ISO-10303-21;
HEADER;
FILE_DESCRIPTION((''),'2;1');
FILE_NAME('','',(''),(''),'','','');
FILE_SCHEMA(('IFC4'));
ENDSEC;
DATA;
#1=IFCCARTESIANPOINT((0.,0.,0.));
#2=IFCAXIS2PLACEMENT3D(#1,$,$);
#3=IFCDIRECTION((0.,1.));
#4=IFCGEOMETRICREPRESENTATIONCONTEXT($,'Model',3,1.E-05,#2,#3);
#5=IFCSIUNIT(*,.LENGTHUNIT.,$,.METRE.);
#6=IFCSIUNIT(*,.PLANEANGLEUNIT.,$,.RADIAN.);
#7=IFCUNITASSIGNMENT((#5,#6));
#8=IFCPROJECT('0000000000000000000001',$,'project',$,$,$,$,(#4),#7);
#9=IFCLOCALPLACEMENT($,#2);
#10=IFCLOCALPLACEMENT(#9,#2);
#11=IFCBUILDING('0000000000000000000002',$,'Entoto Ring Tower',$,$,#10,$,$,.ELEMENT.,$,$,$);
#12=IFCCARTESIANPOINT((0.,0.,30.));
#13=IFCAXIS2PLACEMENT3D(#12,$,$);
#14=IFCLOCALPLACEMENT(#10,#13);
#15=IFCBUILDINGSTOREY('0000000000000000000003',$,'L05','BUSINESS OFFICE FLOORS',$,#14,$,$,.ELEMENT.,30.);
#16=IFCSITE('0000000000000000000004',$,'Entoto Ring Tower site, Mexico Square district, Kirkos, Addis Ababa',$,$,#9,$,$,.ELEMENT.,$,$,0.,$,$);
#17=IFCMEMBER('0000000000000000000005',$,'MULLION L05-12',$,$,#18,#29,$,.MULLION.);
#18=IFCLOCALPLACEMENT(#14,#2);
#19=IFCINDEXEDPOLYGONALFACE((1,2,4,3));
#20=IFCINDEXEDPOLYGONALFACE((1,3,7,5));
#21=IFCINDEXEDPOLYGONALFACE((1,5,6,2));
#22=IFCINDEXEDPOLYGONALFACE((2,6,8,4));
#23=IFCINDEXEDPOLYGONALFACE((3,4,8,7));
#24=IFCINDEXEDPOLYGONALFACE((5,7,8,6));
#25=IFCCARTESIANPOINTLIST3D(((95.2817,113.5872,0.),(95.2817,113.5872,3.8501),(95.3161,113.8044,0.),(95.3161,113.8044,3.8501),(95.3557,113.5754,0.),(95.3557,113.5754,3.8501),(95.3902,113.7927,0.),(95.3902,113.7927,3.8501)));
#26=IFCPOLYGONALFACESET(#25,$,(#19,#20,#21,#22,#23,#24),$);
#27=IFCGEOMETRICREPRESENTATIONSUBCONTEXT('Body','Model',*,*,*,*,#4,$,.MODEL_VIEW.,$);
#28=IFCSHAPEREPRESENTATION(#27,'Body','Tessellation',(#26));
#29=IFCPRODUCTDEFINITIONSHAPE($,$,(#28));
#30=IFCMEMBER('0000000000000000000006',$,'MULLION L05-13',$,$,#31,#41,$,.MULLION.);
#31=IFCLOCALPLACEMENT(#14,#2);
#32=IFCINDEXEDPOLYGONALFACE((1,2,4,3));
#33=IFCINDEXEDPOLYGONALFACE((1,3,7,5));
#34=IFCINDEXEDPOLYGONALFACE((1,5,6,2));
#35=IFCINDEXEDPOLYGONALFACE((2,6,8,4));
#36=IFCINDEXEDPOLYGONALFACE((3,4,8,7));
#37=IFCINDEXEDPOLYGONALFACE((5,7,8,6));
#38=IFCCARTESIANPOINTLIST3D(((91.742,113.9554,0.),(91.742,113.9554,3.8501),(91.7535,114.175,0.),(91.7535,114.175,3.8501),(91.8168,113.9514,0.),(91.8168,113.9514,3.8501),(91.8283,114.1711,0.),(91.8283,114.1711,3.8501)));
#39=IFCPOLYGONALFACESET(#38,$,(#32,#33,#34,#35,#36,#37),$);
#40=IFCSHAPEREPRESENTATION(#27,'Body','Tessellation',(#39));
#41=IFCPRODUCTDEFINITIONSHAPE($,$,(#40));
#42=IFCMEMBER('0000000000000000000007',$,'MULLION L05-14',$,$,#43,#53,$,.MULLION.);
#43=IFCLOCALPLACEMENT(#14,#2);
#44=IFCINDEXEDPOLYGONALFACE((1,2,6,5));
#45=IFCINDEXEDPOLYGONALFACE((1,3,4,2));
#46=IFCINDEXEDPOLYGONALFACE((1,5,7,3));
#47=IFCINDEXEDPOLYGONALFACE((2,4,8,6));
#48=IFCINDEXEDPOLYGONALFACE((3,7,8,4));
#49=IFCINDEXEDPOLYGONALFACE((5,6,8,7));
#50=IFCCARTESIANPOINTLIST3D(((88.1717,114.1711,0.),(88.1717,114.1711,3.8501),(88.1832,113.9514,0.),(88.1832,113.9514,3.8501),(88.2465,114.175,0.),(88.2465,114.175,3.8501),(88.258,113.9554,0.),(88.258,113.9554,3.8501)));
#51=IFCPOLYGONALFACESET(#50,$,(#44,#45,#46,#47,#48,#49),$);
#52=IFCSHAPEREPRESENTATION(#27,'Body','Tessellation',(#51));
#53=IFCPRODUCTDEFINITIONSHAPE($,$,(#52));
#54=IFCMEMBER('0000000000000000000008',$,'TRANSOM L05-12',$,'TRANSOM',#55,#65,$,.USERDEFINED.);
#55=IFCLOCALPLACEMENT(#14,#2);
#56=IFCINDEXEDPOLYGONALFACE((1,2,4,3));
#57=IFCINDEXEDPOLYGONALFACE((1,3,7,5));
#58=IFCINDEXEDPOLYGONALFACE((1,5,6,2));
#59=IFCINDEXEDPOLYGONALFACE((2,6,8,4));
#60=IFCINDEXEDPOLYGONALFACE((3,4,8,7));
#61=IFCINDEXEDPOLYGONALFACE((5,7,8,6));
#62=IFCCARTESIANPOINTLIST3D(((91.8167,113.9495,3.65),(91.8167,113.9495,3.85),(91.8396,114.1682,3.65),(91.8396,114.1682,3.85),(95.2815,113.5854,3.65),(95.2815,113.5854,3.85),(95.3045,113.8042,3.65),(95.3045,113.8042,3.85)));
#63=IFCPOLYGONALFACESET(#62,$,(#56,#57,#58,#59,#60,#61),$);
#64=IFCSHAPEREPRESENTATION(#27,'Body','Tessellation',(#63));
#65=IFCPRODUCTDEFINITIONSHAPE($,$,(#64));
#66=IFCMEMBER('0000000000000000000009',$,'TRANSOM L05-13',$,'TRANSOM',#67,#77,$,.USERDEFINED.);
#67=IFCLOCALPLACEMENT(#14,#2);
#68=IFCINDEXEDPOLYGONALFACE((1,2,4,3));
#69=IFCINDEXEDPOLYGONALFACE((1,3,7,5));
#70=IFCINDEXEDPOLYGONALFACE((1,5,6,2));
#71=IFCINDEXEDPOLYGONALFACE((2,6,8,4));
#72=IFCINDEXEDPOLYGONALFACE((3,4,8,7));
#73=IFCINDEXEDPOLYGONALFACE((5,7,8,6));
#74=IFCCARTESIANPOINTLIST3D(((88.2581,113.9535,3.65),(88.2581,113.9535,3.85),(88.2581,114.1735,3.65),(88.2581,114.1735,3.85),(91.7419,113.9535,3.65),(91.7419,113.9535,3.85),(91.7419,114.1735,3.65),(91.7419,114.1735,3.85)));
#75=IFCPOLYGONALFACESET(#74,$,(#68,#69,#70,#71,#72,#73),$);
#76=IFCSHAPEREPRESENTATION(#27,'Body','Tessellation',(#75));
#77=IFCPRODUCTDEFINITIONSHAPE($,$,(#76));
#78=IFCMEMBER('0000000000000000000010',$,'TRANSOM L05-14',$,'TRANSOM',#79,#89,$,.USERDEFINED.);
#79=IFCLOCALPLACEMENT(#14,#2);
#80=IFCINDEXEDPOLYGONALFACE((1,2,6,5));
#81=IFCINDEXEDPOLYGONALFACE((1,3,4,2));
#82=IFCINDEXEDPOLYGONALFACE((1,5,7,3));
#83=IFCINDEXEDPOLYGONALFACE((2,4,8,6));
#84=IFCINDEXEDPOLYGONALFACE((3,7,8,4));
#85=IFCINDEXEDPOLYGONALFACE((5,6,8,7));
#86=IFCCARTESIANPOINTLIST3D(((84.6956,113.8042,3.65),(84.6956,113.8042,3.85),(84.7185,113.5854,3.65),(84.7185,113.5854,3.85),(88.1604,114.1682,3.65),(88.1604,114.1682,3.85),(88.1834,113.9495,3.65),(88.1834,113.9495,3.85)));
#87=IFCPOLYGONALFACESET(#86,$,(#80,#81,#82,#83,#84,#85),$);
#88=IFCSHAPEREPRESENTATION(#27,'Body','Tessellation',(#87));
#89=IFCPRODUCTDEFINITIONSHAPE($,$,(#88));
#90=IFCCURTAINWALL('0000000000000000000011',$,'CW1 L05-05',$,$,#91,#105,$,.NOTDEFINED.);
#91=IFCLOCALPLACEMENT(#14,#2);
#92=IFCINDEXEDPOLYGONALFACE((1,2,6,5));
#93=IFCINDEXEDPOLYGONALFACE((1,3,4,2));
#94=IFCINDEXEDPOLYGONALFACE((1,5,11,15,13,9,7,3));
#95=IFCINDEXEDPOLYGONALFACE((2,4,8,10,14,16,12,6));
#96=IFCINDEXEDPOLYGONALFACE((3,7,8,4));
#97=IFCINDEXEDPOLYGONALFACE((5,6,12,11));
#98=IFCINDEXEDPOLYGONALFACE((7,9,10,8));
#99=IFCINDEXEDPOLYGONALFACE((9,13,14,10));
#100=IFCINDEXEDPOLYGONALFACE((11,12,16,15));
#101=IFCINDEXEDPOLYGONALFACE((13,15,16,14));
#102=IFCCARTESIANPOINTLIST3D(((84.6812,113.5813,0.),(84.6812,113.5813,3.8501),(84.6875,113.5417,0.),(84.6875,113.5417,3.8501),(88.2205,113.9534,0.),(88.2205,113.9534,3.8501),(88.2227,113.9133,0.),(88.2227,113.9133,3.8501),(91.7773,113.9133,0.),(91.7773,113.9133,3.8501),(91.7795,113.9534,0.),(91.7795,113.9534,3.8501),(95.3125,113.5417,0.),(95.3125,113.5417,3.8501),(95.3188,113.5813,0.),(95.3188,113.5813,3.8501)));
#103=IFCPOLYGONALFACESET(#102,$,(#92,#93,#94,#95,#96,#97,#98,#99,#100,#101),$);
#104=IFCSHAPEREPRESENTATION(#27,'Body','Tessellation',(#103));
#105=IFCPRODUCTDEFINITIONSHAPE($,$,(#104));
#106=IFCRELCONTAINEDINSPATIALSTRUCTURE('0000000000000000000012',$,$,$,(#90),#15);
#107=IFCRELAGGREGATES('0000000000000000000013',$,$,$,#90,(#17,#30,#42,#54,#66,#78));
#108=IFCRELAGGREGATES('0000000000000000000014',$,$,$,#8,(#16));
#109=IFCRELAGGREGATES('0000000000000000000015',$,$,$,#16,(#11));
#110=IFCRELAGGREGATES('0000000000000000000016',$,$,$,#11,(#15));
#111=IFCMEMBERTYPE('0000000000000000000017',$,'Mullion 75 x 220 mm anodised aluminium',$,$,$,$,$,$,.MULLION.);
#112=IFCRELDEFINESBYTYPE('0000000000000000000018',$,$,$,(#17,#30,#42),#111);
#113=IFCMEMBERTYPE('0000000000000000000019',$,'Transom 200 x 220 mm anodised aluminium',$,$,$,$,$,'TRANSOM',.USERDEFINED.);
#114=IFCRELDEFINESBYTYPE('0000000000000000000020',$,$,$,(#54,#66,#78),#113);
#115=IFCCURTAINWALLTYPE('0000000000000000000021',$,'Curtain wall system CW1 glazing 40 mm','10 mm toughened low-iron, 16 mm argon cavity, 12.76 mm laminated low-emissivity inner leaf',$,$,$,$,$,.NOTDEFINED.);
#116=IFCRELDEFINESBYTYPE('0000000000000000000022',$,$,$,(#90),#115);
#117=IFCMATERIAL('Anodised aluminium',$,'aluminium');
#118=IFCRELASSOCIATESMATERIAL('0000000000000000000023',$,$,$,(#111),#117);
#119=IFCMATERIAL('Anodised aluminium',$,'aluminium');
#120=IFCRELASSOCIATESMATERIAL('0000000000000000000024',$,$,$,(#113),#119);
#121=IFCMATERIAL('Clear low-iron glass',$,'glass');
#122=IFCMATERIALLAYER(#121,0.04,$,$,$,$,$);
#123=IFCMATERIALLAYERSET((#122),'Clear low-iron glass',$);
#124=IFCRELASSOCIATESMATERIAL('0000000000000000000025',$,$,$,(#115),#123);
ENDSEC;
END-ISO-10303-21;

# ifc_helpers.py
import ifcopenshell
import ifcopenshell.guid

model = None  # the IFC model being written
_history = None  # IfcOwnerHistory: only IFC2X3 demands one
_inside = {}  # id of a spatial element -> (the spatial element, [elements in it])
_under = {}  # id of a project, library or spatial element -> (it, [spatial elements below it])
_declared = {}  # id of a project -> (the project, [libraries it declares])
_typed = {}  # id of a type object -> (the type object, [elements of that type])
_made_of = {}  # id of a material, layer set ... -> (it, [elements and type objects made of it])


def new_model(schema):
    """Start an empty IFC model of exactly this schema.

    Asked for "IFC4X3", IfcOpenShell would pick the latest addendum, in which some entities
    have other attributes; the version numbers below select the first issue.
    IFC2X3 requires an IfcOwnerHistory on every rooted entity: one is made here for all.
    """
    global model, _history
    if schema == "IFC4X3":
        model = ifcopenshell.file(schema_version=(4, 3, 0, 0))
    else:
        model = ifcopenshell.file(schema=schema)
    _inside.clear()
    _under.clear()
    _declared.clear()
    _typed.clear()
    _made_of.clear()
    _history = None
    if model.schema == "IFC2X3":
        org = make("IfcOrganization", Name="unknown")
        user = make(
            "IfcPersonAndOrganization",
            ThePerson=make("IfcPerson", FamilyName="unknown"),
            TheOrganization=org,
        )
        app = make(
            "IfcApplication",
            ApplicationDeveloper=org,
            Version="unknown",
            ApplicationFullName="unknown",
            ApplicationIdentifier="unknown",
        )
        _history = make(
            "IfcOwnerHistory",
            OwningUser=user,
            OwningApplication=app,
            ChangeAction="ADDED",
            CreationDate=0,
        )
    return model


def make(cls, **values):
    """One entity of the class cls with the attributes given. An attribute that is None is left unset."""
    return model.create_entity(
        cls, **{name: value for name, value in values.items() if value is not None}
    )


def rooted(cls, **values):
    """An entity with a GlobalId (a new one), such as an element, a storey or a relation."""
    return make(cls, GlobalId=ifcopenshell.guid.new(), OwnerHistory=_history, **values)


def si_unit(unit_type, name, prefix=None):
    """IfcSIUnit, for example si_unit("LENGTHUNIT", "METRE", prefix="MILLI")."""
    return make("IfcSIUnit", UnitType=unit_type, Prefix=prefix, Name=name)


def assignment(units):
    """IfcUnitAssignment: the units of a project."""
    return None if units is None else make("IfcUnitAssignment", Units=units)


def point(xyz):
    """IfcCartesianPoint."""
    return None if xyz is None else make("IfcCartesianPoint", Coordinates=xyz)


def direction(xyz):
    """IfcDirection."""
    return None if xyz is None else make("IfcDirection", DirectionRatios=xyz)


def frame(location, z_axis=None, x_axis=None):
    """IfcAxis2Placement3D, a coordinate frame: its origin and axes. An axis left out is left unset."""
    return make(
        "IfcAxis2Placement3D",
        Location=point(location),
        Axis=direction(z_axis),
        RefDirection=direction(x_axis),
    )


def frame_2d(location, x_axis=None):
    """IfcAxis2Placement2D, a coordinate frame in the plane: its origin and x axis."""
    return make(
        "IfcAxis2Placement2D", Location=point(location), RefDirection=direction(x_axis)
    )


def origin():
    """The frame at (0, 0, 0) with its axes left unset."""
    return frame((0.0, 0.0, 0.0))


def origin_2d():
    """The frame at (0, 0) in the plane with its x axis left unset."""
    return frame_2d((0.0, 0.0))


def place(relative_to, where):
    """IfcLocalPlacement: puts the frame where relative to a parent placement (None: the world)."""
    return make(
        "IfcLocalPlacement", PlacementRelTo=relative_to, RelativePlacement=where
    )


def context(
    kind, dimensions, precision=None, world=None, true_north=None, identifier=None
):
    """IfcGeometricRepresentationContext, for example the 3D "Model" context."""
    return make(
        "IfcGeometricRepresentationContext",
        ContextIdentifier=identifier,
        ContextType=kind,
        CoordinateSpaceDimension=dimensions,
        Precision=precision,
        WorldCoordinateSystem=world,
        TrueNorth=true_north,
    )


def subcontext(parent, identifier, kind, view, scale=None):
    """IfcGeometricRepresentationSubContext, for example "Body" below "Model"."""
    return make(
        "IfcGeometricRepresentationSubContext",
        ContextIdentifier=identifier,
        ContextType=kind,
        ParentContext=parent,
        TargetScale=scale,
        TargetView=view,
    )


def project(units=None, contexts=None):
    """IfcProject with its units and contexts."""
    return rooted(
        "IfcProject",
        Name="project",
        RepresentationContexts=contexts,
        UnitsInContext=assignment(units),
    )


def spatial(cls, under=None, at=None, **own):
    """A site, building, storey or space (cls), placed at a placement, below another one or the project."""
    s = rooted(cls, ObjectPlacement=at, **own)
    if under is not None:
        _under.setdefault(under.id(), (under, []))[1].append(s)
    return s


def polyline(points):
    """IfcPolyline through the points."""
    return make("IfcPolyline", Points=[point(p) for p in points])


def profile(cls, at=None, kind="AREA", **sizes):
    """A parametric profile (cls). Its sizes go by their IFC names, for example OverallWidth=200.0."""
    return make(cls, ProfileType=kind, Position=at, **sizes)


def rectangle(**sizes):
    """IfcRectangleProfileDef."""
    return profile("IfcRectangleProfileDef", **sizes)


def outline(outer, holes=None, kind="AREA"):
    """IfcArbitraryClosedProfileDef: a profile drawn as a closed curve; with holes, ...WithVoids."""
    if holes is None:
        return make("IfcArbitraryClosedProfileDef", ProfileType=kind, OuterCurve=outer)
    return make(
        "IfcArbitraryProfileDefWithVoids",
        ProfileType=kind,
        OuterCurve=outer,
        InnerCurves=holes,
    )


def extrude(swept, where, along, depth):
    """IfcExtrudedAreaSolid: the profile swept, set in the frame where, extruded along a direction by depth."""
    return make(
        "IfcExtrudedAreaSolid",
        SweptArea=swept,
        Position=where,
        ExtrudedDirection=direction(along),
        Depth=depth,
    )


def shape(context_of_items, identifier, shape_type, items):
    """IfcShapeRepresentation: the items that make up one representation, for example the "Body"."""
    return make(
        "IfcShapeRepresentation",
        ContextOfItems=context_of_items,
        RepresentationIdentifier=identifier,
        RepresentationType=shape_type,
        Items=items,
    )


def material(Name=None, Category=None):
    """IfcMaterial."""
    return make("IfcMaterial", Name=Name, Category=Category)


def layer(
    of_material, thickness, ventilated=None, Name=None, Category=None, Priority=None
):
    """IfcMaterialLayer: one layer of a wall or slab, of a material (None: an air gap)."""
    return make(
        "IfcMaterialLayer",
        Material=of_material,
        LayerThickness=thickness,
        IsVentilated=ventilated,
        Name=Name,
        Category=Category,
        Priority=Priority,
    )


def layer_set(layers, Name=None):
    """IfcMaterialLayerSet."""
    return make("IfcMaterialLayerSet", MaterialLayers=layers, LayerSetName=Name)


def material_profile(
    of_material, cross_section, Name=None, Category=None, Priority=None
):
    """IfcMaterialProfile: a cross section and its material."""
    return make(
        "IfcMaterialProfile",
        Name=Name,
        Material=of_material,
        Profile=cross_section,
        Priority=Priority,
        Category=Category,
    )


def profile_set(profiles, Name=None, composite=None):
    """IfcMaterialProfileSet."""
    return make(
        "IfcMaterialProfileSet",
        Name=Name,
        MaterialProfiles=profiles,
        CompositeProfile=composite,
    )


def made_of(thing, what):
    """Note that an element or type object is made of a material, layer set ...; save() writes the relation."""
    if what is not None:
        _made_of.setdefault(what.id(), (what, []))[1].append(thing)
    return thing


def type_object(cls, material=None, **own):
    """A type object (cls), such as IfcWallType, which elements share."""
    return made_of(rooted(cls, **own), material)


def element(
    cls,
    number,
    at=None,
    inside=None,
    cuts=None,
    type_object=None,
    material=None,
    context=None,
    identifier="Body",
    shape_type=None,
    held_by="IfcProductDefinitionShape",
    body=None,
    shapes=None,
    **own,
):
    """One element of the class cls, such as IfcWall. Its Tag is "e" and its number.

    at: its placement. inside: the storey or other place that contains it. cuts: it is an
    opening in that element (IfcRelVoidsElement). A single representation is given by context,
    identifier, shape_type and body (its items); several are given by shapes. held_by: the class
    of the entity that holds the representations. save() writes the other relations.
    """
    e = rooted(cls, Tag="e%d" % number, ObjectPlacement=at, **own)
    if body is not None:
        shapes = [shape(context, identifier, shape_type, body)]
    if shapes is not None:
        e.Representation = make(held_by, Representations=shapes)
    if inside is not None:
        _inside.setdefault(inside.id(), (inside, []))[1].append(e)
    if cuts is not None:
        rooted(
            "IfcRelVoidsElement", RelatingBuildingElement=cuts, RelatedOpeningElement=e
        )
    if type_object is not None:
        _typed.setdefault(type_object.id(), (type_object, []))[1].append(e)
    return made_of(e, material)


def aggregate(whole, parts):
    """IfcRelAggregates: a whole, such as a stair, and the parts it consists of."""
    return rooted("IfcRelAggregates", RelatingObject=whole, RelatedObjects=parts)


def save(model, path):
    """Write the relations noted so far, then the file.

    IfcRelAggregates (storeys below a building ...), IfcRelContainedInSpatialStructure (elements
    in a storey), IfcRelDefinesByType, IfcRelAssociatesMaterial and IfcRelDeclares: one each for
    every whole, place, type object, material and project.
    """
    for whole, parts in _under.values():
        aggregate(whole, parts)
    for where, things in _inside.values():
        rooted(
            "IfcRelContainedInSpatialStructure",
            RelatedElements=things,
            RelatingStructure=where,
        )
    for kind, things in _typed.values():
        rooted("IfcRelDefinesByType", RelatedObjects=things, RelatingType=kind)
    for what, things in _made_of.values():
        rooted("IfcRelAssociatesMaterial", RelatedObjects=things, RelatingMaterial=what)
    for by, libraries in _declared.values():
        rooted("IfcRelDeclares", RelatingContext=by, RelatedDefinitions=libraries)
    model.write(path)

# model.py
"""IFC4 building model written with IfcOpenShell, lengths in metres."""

from ifc_helpers import new_model, si_unit, direction, frame, origin, origin_2d, place, context, subcontext, project, spatial, polyline, rectangle, outline, extrude, material, layer, layer_set, material_profile, profile_set, type_object, element, aggregate, save


model = new_model("IFC4")

# Units and contexts
model_context = context("Model", 3, precision=1e-05, world=origin(), true_north=direction((0.0, 1.0)))
body_context = subcontext(model_context, "Body", "Model", "MODEL_VIEW")
ifc_project = project(units=[si_unit("LENGTHUNIT", "METRE"), si_unit("PLANEANGLEUNIT", "RADIAN")], contexts=[model_context])

# Members
ifc_material_1 = material(Name="Anodised aluminium", Category="aluminium")
ifc_material_profile_1 = material_profile(ifc_material_1, rectangle(XDim=0.075, YDim=0.22, at=origin_2d()), Name="Mullion 75 x 220 mm anodised aluminium")
ifc_profile_set_1 = profile_set([ifc_material_profile_1], Name="Anodised aluminium")
member_type_1 = type_object("IfcMemberType", Name="Mullion 75 x 220 mm anodised aluminium", PredefinedType="MULLION", material=ifc_profile_set_1)
site_placement = place(None, origin())
building_placement = place(site_placement, origin())
storey_placement = place(building_placement, frame((0.0, 0.0, 30.0)))
member_1_placement = place(storey_placement, frame((95.3359, 113.6899, 0.0), z_axis=(0.0, 0.0, 1.0), x_axis=(-0.987688, 0.156434, 0.0)))
member_1 = element("IfcMember", 1, at=member_1_placement, type_object=member_type_1, Name="MULLION L05-12", PredefinedType="MULLION", context=body_context, shape_type="SweptSolid", body=[
    extrude(rectangle(XDim=0.075, YDim=0.22, at=origin_2d()), origin(), (0.0, 0.0, 1.0), 3.8501),
])
member_2_placement = place(storey_placement, frame((91.7852, 114.0632, 0.0), z_axis=(0.0, 0.0, 1.0), x_axis=(-0.99863, 0.052336, 0.0)))
member_2 = element("IfcMember", 2, at=member_2_placement, type_object=member_type_1, Name="MULLION L05-13", PredefinedType="MULLION", context=body_context, shape_type="SweptSolid", body=[
    extrude(rectangle(XDim=0.075, YDim=0.22, at=origin_2d()), origin(), (0.0, 0.0, 1.0), 3.8501),
])
member_3_placement = place(storey_placement, frame((88.2148, 114.0632, 0.0), z_axis=(0.0, 0.0, 1.0), x_axis=(-0.99863, -0.052336, 0.0)))
member_3 = element("IfcMember", 3, at=member_3_placement, type_object=member_type_1, Name="MULLION L05-14", PredefinedType="MULLION", context=body_context, shape_type="SweptSolid", body=[
    extrude(rectangle(XDim=0.075, YDim=0.22, at=origin_2d()), origin(), (0.0, 0.0, 1.0), 3.8501),
])
ifc_material_2 = material(Name="Anodised aluminium", Category="aluminium")
ifc_material_profile_2 = material_profile(ifc_material_2, rectangle(XDim=0.22, YDim=0.2, at=origin_2d()), Name="Transom 200 x 220 mm anodised aluminium")
ifc_profile_set_2 = profile_set([ifc_material_profile_2], Name="Anodised aluminium")
member_type_2 = type_object("IfcMemberType", Name="Transom 200 x 220 mm anodised aluminium", ElementType="TRANSOM", PredefinedType="USERDEFINED", material=ifc_profile_set_2)
member_4_placement = place(storey_placement, frame((95.293, 113.6948, 3.75), z_axis=(-0.994527, 0.104484, 0.0), x_axis=(-0.104484, -0.994527, 0.0)))
member_4 = element("IfcMember", 4, at=member_4_placement, type_object=member_type_2, Name="TRANSOM L05-12", ObjectType="TRANSOM", PredefinedType="USERDEFINED", context=body_context, shape_type="SweptSolid", body=[
    extrude(rectangle(XDim=0.22, YDim=0.2, at=origin_2d()), origin(), (0.0, 0.0, 1.0), 3.4839),
])
member_5_placement = place(storey_placement, frame((91.7419, 114.0635, 3.75), z_axis=(-1.0, 0.0, 0.0), x_axis=(0.0, -1.0, 0.0)))
member_5 = element("IfcMember", 5, at=member_5_placement, type_object=member_type_2, Name="TRANSOM L05-13", ObjectType="TRANSOM", PredefinedType="USERDEFINED", context=body_context, shape_type="SweptSolid", body=[
    extrude(rectangle(XDim=0.22, YDim=0.2, at=origin_2d()), origin(), (0.0, 0.0, 1.0), 3.4839),
])
member_6_placement = place(storey_placement, frame((88.1719, 114.0588, 3.75), z_axis=(-0.994527, -0.104484, 0.0), x_axis=(0.104484, -0.994527, 0.0)))
member_6 = element("IfcMember", 6, at=member_6_placement, type_object=member_type_2, Name="TRANSOM L05-14", ObjectType="TRANSOM", PredefinedType="USERDEFINED", context=body_context, shape_type="SweptSolid", body=[
    extrude(rectangle(XDim=0.22, YDim=0.2, at=origin_2d()), origin(), (0.0, 0.0, 1.0), 3.4839),
])

# Site, building, storey
site = spatial("IfcSite", under=ifc_project, at=site_placement, Name="Entoto Ring Tower site, Mexico Square district, Kirkos, Addis Ababa", CompositionType="ELEMENT", RefElevation=0.0)
building = spatial("IfcBuilding", under=site, at=building_placement, Name="Entoto Ring Tower", CompositionType="ELEMENT")
storey = spatial("IfcBuildingStorey", under=building, at=storey_placement, Name="L05", Description="BUSINESS OFFICE FLOORS", CompositionType="ELEMENT", Elevation=30.0)

# Curtain wall
ifc_material_3 = material(Name="Clear low-iron glass", Category="glass")
ifc_layer = layer(ifc_material_3, 0.04)
ifc_layer_set = layer_set([ifc_layer], Name="Clear low-iron glass")
curtain_wall_type = type_object("IfcCurtainWallType", Name="Curtain wall system CW1 glazing 40 mm", Description="10 mm toughened low-iron, 16 mm argon cavity, 12.76 mm laminated low-emissivity inner leaf", PredefinedType="NOTDEFINED", material=ifc_layer_set)
curtain_wall_1_placement = place(storey_placement, origin())
curtain_wall_1 = element("IfcCurtainWall", 7, at=curtain_wall_1_placement, inside=storey, type_object=curtain_wall_type, Name="CW1 L05-05", PredefinedType="NOTDEFINED", context=body_context, shape_type="SweptSolid", body=[
    extrude(outline(polyline([(95.3188, 113.5813), (91.7795, 113.9534), (88.2205, 113.9534), (84.6812, 113.5813), (84.6875, 113.5417), (88.2227, 113.9133), (91.7773, 113.9133), (95.3125, 113.5417), (95.3188, 113.5813)])), origin(), (0.0, 0.0, 1.0), 3.8501),
])
aggregate(curtain_wall_1, [member_1, member_2, member_3, member_4, member_5, member_6])

save(model, "model.ifc")
